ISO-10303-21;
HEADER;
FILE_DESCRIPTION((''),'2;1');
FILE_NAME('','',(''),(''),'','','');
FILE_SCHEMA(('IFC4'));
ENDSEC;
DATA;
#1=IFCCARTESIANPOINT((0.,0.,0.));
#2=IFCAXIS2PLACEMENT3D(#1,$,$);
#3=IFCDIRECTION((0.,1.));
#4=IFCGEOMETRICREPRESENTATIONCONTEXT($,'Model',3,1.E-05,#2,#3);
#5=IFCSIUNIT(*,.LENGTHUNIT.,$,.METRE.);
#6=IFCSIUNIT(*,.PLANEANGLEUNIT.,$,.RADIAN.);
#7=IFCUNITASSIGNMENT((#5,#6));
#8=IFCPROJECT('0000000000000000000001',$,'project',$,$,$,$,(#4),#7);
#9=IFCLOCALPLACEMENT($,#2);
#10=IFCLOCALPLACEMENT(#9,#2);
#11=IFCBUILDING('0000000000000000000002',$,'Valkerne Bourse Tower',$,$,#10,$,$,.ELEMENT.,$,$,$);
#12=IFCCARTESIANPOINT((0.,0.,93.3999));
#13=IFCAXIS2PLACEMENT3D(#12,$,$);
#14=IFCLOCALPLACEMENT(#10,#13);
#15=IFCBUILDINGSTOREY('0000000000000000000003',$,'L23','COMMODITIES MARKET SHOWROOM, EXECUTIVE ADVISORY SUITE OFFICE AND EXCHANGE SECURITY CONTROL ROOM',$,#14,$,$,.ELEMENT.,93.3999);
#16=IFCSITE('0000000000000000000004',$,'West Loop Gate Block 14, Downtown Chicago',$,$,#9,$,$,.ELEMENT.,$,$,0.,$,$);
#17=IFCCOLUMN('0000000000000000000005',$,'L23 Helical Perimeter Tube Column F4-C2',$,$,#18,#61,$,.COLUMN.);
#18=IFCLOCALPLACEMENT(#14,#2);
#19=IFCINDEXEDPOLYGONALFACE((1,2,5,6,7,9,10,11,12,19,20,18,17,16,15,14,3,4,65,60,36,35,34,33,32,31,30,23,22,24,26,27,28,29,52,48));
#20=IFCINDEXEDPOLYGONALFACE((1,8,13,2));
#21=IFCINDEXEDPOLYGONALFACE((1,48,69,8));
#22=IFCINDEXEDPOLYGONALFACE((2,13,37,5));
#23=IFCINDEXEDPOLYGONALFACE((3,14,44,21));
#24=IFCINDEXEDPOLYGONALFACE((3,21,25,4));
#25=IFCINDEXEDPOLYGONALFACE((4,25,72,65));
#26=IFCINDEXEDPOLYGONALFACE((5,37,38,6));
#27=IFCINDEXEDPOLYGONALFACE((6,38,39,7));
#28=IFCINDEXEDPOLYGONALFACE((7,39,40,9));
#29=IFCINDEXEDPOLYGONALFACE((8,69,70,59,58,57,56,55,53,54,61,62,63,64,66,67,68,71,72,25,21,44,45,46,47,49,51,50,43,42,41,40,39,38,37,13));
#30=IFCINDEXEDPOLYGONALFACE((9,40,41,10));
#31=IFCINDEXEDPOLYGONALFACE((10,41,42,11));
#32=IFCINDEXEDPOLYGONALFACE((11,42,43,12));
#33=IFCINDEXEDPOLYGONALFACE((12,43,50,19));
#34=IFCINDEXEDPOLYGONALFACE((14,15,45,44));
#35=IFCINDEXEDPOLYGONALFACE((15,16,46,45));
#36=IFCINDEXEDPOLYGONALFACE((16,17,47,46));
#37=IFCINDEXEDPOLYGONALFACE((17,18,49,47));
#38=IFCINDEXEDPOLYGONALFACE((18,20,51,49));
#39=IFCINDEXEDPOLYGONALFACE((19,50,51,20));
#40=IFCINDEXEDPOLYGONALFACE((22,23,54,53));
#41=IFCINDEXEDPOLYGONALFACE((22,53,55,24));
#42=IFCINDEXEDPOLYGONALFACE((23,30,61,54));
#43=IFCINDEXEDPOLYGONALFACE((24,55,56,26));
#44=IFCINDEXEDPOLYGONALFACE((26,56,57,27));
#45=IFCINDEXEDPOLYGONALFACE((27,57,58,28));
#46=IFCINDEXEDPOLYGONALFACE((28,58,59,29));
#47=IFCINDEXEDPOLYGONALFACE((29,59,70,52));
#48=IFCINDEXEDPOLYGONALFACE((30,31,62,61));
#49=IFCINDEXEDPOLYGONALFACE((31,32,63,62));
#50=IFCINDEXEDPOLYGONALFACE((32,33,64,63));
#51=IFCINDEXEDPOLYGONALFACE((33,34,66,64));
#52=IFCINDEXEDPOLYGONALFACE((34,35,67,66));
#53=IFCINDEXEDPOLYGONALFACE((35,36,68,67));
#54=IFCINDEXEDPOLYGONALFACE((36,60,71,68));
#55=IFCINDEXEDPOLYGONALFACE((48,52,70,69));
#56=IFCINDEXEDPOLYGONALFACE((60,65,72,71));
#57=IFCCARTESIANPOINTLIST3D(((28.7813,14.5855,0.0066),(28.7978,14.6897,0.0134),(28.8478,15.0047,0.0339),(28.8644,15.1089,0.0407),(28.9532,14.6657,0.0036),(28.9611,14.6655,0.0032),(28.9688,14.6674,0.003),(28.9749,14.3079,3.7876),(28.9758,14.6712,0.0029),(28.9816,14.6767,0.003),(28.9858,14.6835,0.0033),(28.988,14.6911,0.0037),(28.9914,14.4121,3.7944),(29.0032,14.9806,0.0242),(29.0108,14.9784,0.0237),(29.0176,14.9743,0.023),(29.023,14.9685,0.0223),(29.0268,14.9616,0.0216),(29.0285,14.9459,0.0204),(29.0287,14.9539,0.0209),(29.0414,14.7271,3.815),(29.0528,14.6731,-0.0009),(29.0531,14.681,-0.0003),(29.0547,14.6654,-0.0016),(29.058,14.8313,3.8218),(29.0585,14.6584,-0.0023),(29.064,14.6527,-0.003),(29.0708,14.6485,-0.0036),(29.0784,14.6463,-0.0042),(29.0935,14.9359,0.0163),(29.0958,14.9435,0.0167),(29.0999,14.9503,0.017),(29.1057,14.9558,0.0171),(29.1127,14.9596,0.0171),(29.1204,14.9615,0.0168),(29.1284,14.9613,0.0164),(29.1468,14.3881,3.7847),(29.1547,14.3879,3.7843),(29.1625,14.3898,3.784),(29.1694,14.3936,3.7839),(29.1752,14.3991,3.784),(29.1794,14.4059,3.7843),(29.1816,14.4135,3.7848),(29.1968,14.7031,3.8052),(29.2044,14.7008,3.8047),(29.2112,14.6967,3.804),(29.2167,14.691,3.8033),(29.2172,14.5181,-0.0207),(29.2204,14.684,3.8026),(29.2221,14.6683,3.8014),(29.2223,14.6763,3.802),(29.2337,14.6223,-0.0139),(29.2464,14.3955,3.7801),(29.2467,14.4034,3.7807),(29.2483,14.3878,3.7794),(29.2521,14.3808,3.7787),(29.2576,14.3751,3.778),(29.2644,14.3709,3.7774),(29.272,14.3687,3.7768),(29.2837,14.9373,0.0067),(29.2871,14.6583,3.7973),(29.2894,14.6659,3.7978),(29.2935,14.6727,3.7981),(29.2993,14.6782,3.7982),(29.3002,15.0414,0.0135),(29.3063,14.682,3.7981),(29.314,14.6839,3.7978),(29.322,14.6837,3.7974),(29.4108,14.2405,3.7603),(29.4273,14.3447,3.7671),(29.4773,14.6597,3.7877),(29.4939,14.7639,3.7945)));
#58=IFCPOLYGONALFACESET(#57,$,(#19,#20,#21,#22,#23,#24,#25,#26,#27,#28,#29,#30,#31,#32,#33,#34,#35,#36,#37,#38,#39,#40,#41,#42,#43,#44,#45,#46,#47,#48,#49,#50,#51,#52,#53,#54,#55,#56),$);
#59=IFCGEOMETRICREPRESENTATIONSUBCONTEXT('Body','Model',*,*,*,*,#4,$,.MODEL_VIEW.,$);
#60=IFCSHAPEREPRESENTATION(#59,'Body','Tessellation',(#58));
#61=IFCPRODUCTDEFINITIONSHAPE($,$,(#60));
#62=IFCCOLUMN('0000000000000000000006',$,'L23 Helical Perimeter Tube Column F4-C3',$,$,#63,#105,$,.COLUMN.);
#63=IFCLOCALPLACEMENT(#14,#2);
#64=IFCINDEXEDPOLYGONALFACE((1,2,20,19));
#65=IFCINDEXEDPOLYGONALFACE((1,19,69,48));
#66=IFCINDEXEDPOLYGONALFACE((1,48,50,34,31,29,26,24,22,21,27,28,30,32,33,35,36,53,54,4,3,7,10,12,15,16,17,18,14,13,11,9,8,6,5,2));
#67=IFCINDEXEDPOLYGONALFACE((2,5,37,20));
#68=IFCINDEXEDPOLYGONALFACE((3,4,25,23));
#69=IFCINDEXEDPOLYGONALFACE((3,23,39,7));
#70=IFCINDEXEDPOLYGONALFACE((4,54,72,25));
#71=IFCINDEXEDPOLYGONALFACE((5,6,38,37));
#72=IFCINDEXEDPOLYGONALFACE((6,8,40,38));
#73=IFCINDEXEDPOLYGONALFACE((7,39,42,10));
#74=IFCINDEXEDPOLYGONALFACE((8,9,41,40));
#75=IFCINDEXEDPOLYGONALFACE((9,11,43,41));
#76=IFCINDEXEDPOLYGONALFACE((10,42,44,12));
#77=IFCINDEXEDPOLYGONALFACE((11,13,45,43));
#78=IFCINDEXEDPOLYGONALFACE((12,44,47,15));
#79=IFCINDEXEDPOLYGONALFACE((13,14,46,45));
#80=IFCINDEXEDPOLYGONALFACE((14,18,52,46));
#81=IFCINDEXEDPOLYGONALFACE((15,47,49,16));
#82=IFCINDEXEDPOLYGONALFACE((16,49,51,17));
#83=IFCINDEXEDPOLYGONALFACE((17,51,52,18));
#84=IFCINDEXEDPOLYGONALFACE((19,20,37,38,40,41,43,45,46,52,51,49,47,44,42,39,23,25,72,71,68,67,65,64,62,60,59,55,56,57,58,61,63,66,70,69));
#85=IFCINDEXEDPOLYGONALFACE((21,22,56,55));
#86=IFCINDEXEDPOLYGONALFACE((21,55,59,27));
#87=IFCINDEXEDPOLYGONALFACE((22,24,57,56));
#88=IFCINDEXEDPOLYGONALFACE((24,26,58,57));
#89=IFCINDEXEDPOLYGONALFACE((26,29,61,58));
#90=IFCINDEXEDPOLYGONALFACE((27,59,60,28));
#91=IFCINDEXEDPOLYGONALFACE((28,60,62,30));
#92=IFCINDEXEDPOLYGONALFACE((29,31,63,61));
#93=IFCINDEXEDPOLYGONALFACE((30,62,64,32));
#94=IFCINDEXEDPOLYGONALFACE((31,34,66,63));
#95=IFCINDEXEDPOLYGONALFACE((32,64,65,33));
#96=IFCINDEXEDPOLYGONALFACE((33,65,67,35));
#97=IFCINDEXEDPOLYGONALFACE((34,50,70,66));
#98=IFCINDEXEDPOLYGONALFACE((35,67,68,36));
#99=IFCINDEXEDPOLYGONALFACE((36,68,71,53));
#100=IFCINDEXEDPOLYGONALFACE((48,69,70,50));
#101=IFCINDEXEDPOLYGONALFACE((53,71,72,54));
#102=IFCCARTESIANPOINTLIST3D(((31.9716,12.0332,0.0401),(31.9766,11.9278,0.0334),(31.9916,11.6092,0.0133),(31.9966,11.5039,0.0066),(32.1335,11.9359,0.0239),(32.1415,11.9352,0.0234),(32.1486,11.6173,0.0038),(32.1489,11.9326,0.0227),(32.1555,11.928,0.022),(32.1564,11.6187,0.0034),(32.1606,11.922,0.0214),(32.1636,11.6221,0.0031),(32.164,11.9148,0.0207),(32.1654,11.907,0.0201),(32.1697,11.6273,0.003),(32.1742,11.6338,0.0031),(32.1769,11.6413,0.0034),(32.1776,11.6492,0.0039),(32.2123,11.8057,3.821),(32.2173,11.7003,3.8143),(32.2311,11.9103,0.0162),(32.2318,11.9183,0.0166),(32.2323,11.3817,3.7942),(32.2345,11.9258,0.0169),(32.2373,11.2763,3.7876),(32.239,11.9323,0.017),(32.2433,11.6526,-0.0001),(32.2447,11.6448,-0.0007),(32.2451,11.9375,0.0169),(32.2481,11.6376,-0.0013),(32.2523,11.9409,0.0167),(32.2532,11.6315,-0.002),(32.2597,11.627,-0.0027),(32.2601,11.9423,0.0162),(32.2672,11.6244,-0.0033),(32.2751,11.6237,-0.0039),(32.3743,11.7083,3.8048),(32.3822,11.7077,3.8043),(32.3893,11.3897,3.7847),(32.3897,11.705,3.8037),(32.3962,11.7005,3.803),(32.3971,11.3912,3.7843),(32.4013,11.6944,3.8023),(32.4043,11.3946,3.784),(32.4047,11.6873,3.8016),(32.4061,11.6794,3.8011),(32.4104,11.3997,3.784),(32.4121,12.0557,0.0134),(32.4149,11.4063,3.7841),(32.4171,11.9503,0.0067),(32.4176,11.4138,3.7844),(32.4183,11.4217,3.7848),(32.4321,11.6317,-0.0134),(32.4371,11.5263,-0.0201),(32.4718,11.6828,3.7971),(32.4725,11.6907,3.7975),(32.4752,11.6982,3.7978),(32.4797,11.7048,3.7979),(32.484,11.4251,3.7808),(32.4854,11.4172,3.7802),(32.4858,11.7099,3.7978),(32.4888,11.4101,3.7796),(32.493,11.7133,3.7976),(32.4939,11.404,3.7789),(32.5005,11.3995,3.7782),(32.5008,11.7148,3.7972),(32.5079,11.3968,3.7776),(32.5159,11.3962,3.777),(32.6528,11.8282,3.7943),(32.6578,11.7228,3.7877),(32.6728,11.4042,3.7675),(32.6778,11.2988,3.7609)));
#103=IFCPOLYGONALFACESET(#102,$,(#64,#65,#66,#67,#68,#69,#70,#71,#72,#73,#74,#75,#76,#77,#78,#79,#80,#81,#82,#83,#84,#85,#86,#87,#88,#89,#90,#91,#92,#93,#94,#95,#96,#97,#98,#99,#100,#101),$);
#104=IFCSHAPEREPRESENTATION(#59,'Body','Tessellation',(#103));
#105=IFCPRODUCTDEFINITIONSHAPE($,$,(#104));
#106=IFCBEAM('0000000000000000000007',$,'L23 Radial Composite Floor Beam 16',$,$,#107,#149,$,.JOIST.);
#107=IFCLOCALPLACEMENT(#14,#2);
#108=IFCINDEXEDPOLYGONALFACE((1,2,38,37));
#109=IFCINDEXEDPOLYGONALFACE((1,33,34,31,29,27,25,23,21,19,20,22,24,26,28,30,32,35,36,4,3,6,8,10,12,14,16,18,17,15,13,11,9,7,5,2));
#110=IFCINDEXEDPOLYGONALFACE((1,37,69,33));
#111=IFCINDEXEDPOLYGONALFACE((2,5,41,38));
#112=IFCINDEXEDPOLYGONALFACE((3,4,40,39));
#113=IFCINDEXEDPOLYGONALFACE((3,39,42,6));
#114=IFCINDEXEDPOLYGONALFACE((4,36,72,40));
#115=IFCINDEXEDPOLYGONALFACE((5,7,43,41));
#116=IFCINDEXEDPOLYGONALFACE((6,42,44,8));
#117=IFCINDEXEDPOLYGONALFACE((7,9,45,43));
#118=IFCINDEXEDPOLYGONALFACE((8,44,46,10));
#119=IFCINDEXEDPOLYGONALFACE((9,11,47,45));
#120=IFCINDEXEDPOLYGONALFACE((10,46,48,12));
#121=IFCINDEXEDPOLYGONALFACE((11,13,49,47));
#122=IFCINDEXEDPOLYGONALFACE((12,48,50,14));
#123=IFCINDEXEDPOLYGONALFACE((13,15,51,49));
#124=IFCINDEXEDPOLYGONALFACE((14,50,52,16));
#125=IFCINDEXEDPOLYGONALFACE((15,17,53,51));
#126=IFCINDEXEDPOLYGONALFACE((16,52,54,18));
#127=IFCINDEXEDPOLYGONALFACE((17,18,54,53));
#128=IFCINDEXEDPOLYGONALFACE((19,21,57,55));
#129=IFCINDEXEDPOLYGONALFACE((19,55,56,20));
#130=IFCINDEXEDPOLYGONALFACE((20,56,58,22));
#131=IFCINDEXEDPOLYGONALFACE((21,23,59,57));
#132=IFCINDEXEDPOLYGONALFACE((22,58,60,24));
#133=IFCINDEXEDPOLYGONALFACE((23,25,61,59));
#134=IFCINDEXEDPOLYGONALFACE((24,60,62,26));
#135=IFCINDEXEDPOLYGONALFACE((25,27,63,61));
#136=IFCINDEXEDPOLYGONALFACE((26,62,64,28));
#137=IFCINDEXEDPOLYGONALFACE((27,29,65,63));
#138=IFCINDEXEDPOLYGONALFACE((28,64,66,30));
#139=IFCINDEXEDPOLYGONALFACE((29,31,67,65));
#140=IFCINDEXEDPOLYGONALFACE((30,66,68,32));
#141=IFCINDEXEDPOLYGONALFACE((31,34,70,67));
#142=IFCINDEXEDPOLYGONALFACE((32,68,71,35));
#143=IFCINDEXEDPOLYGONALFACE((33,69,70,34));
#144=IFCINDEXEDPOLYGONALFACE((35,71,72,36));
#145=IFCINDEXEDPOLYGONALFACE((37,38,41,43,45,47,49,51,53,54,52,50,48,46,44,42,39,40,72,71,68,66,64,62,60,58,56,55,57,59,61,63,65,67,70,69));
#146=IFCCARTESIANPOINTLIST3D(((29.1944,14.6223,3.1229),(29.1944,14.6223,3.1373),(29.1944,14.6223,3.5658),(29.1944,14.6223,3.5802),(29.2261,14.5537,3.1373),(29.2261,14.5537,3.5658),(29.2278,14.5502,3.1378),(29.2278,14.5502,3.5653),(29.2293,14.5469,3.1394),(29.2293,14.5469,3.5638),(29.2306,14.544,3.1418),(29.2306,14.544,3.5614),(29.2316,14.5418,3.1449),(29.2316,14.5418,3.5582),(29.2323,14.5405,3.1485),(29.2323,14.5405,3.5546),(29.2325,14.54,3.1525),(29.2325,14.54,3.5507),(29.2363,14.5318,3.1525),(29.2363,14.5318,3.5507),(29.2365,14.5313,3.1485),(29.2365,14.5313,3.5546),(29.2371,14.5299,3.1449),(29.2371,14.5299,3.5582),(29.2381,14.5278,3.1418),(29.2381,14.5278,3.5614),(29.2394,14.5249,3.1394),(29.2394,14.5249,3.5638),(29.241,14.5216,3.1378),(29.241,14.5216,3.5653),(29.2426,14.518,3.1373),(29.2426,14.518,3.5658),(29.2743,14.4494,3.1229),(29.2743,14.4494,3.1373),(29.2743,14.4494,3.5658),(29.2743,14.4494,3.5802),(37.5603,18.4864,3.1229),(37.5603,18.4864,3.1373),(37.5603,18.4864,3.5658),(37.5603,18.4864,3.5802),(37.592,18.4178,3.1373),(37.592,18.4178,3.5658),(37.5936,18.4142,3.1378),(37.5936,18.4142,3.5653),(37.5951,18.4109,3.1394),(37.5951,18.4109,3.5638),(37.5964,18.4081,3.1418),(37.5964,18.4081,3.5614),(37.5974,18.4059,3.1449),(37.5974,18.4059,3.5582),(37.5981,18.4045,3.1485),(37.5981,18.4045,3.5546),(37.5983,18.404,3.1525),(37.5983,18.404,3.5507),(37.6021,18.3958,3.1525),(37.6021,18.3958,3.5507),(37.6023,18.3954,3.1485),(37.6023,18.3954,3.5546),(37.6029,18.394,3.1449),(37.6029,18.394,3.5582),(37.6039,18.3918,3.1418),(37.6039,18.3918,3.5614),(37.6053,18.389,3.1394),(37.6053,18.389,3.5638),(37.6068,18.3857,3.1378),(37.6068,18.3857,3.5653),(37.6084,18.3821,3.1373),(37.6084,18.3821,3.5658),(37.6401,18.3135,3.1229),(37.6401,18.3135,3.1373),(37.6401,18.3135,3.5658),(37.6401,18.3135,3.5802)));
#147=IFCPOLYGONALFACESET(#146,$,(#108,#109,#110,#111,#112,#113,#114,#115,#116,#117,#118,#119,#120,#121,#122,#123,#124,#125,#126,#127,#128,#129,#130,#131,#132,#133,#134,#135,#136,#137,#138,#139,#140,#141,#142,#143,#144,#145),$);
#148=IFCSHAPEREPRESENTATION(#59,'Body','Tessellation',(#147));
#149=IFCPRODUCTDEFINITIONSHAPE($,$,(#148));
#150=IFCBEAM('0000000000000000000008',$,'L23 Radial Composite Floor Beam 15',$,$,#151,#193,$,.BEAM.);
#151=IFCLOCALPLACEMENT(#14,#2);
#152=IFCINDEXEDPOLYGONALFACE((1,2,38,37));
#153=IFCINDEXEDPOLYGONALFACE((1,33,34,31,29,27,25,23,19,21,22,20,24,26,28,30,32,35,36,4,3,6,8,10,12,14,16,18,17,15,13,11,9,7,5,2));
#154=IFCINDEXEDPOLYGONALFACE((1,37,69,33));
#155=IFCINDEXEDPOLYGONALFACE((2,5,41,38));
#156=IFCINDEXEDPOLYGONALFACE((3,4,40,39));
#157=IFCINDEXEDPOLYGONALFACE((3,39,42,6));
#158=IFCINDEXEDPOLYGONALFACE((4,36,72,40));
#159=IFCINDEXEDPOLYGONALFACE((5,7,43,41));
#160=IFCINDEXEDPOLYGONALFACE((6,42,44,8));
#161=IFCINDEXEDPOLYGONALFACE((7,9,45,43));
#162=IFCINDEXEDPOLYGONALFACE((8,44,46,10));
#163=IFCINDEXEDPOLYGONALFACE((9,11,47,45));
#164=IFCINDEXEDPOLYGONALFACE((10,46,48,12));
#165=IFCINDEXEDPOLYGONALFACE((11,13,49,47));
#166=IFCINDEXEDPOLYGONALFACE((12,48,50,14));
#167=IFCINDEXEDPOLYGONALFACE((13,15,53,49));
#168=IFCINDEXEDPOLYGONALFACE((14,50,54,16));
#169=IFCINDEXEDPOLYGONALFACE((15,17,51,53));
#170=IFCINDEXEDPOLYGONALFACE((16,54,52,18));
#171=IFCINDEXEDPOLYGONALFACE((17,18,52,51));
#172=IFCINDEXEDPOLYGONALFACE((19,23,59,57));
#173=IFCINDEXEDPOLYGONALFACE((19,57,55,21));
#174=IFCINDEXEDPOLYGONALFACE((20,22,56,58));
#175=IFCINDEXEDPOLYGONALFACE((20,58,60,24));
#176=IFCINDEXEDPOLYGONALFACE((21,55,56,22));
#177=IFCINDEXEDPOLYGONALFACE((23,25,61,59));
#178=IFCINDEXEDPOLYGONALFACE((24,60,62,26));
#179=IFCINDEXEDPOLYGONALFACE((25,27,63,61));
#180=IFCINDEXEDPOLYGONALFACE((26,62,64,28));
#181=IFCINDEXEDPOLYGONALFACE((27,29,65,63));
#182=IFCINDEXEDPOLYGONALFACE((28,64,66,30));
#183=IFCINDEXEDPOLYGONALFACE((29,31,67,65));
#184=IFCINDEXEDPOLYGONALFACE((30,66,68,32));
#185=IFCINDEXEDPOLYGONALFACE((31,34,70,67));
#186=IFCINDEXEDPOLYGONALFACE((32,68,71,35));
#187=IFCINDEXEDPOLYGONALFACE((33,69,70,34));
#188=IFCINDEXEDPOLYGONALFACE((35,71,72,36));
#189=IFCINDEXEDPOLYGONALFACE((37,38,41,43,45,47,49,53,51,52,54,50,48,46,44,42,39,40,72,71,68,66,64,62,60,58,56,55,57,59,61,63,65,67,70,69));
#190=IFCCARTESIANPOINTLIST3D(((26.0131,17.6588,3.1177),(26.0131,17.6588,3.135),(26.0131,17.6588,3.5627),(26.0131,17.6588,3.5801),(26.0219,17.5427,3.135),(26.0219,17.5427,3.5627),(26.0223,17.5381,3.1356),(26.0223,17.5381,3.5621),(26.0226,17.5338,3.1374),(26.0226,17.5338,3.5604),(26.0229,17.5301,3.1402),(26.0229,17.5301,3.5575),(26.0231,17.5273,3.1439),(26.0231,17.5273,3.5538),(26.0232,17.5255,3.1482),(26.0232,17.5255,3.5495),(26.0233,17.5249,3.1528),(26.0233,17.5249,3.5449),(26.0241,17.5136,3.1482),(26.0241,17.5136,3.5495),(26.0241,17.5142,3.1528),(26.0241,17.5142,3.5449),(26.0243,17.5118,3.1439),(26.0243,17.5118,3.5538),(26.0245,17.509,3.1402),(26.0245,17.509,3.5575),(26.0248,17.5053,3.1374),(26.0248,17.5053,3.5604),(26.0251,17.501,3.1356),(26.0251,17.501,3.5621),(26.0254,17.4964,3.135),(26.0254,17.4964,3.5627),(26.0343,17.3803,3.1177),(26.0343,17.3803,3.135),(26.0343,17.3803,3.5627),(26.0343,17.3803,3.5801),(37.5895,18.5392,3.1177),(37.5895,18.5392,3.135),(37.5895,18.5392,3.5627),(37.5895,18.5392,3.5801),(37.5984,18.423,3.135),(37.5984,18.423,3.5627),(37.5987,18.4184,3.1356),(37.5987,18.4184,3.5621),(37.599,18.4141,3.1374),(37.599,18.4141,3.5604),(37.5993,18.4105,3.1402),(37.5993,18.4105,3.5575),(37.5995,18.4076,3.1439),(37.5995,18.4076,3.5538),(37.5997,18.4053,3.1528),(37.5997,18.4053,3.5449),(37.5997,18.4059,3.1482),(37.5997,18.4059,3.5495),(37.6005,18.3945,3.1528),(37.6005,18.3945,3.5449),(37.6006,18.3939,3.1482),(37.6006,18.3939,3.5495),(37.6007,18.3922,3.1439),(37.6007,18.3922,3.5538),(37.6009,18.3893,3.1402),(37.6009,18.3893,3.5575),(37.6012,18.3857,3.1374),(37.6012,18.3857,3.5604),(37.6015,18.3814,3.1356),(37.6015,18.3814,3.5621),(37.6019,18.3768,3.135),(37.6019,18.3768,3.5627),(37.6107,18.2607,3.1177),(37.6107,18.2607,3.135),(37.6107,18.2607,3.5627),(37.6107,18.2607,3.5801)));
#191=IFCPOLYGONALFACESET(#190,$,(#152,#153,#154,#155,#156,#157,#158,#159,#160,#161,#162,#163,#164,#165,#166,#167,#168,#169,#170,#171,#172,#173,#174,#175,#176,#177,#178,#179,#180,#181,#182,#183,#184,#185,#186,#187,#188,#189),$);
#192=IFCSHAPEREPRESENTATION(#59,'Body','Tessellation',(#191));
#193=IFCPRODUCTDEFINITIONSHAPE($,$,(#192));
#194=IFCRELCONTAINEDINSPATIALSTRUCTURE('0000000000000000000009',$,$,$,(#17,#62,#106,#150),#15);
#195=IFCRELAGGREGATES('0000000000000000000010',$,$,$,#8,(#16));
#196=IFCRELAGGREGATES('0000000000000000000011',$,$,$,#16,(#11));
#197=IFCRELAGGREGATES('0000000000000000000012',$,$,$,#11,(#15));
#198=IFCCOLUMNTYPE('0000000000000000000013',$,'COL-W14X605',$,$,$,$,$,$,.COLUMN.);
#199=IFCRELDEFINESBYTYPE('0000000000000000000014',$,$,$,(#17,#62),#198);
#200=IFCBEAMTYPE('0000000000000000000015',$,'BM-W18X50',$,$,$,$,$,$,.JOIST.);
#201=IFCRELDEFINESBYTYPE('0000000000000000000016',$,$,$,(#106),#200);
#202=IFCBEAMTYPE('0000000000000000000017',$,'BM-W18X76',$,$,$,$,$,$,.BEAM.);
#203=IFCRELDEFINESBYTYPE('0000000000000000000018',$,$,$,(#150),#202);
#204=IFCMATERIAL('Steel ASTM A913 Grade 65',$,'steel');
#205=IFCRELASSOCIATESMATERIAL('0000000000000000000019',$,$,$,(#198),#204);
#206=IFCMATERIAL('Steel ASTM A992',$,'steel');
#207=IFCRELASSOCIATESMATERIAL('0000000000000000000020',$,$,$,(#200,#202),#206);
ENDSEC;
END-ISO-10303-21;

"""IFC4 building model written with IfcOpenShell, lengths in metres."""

from ifc_helpers import new_model, si_unit, direction, frame, origin, origin_2d, place, context, subcontext, project, spatial, i_section, extrude, material, material_profile, profile_set, type_object, element, save


model = new_model("IFC4")

# Units and contexts
model_context = context("Model", 3, precision=1e-05, world=origin(), true_north=direction((0.0, 1.0)))
body_context = subcontext(model_context, "Body", "Model", "MODEL_VIEW")
ifc_project = project(units=[si_unit("LENGTHUNIT", "METRE"), si_unit("PLANEANGLEUNIT", "RADIAN")], contexts=[model_context])

# Site, building, storey
site_placement = place(None, origin())
site = spatial("IfcSite", under=ifc_project, at=site_placement, Name="West Loop Gate Block 14, Downtown Chicago", CompositionType="ELEMENT", RefElevation=0.0)
building_placement = place(site_placement, origin())
building = spatial("IfcBuilding", under=site, at=building_placement, Name="Valkerne Bourse Tower", CompositionType="ELEMENT")
storey_placement = place(building_placement, frame((0.0, 0.0, 93.3999)))
storey = spatial("IfcBuildingStorey", under=building, at=storey_placement, Name="L23", Description="COMMODITIES MARKET SHOWROOM, EXECUTIVE ADVISORY SUITE OFFICE AND EXCHANGE SECURITY CONTROL ROOM", CompositionType="ELEMENT", Elevation=93.3999)

# Columns
ifc_material_1 = material(Name="Steel ASTM A913 Grade 65", Category="steel")
ifc_material_profile_1 = material_profile(ifc_material_1, i_section(OverallWidth=0.4419, OverallDepth=0.531, WebThickness=0.0659, FlangeThickness=0.1057, FilletRadius=0.0305, at=origin_2d()), Name="W14X605")
ifc_profile_set_1 = profile_set([ifc_material_profile_1], Name="Steel ASTM A913 Grade 65")
column_type = type_object("IfcColumnType", Name="COL-W14X605", PredefinedType="COLUMN", material=ifc_profile_set_1)
column_1_placement = place(storey_placement, frame((29.0408, 14.8135, 0.01), z_axis=(0.051, -0.073124, 0.996018), x_axis=(0.986367, -0.152556, -0.061706)))
element("IfcColumn", 1, at=column_1_placement, inside=storey, type_object=column_type, Name="L23 Helical Perimeter Tube Column F4-C2", PredefinedType="COLUMN", context=body_context, shape_type="SweptSolid", body=[
    extrude(i_section(OverallWidth=0.4419, OverallDepth=0.531, WebThickness=0.0659, FlangeThickness=0.1057, FilletRadius=0.0305, at=origin_2d()), origin(), (0.0, 0.0, 1.0), 3.7961),
])
column_2_placement = place(storey_placement, frame((32.2043, 11.7798, 0.01), z_axis=(0.063423, -0.05995, 0.996184), x_axis=(0.996876, 0.050885, -0.060405)))
element("IfcColumn", 2, at=column_2_placement, inside=storey, type_object=column_type, Name="L23 Helical Perimeter Tube Column F4-C3", PredefinedType="COLUMN", context=body_context, shape_type="SweptSolid", body=[
    extrude(i_section(OverallWidth=0.4419, OverallDepth=0.531, WebThickness=0.0659, FlangeThickness=0.1057, FilletRadius=0.0305, at=origin_2d()), origin(), (0.0, 0.0, 1.0), 3.7954),
])

# Beams
ifc_material_2 = material(Name="Steel ASTM A992", Category="steel")
ifc_material_profile_2 = material_profile(ifc_material_2, i_section(OverallWidth=0.1904, OverallDepth=0.4573, WebThickness=0.009, FlangeThickness=0.0144, FilletRadius=0.0151, at=origin_2d()), Name="W18X50")
ifc_profile_set_2 = profile_set([ifc_material_profile_2], Name="Steel ASTM A992")
beam_type_1 = type_object("IfcBeamType", Name="BM-W18X50", PredefinedType="JOIST", material=ifc_profile_set_2)
beam_1_placement = place(storey_placement, frame((29.2344, 14.5359, 3.3516), z_axis=(0.907839, 0.419319, 0.0), x_axis=(-0.419319, 0.907839, 0.0)))
element("IfcBeam", 3, at=beam_1_placement, inside=storey, type_object=beam_type_1, Name="L23 Radial Composite Floor Beam 16", PredefinedType="JOIST", context=body_context, shape_type="SweptSolid", body=[
    extrude(i_section(OverallWidth=0.1904, OverallDepth=0.4573, WebThickness=0.009, FlangeThickness=0.0144, FilletRadius=0.0151, at=origin_2d()), origin(), (0.0, 0.0, 1.0), 9.2151),
])
ifc_material_profile_3 = material_profile(ifc_material_2, i_section(OverallWidth=0.2793, OverallDepth=0.4624, WebThickness=0.0107, FlangeThickness=0.0173, FilletRadius=0.0178, at=origin_2d()), Name="W18X76")
ifc_profile_set_3 = profile_set([ifc_material_profile_3], Name="Steel ASTM A992")
beam_type_2 = type_object("IfcBeamType", Name="BM-W18X76", PredefinedType="BEAM", material=ifc_profile_set_3)
beam_2_placement = place(storey_placement, frame((26.0237, 17.5195, 3.3489), z_axis=(0.997121, 0.07583, 0.0), x_axis=(-0.07583, 0.997121, 0.0)))
element("IfcBeam", 4, at=beam_2_placement, inside=storey, type_object=beam_type_2, Name="L23 Radial Composite Floor Beam 15", PredefinedType="BEAM", context=body_context, shape_type="SweptSolid", body=[
    extrude(i_section(OverallWidth=0.2793, OverallDepth=0.4624, WebThickness=0.0107, FlangeThickness=0.0173, FilletRadius=0.0178, at=origin_2d()), origin(), (0.0, 0.0, 1.0), 11.6099),
])

save(model, "model.ifc")
